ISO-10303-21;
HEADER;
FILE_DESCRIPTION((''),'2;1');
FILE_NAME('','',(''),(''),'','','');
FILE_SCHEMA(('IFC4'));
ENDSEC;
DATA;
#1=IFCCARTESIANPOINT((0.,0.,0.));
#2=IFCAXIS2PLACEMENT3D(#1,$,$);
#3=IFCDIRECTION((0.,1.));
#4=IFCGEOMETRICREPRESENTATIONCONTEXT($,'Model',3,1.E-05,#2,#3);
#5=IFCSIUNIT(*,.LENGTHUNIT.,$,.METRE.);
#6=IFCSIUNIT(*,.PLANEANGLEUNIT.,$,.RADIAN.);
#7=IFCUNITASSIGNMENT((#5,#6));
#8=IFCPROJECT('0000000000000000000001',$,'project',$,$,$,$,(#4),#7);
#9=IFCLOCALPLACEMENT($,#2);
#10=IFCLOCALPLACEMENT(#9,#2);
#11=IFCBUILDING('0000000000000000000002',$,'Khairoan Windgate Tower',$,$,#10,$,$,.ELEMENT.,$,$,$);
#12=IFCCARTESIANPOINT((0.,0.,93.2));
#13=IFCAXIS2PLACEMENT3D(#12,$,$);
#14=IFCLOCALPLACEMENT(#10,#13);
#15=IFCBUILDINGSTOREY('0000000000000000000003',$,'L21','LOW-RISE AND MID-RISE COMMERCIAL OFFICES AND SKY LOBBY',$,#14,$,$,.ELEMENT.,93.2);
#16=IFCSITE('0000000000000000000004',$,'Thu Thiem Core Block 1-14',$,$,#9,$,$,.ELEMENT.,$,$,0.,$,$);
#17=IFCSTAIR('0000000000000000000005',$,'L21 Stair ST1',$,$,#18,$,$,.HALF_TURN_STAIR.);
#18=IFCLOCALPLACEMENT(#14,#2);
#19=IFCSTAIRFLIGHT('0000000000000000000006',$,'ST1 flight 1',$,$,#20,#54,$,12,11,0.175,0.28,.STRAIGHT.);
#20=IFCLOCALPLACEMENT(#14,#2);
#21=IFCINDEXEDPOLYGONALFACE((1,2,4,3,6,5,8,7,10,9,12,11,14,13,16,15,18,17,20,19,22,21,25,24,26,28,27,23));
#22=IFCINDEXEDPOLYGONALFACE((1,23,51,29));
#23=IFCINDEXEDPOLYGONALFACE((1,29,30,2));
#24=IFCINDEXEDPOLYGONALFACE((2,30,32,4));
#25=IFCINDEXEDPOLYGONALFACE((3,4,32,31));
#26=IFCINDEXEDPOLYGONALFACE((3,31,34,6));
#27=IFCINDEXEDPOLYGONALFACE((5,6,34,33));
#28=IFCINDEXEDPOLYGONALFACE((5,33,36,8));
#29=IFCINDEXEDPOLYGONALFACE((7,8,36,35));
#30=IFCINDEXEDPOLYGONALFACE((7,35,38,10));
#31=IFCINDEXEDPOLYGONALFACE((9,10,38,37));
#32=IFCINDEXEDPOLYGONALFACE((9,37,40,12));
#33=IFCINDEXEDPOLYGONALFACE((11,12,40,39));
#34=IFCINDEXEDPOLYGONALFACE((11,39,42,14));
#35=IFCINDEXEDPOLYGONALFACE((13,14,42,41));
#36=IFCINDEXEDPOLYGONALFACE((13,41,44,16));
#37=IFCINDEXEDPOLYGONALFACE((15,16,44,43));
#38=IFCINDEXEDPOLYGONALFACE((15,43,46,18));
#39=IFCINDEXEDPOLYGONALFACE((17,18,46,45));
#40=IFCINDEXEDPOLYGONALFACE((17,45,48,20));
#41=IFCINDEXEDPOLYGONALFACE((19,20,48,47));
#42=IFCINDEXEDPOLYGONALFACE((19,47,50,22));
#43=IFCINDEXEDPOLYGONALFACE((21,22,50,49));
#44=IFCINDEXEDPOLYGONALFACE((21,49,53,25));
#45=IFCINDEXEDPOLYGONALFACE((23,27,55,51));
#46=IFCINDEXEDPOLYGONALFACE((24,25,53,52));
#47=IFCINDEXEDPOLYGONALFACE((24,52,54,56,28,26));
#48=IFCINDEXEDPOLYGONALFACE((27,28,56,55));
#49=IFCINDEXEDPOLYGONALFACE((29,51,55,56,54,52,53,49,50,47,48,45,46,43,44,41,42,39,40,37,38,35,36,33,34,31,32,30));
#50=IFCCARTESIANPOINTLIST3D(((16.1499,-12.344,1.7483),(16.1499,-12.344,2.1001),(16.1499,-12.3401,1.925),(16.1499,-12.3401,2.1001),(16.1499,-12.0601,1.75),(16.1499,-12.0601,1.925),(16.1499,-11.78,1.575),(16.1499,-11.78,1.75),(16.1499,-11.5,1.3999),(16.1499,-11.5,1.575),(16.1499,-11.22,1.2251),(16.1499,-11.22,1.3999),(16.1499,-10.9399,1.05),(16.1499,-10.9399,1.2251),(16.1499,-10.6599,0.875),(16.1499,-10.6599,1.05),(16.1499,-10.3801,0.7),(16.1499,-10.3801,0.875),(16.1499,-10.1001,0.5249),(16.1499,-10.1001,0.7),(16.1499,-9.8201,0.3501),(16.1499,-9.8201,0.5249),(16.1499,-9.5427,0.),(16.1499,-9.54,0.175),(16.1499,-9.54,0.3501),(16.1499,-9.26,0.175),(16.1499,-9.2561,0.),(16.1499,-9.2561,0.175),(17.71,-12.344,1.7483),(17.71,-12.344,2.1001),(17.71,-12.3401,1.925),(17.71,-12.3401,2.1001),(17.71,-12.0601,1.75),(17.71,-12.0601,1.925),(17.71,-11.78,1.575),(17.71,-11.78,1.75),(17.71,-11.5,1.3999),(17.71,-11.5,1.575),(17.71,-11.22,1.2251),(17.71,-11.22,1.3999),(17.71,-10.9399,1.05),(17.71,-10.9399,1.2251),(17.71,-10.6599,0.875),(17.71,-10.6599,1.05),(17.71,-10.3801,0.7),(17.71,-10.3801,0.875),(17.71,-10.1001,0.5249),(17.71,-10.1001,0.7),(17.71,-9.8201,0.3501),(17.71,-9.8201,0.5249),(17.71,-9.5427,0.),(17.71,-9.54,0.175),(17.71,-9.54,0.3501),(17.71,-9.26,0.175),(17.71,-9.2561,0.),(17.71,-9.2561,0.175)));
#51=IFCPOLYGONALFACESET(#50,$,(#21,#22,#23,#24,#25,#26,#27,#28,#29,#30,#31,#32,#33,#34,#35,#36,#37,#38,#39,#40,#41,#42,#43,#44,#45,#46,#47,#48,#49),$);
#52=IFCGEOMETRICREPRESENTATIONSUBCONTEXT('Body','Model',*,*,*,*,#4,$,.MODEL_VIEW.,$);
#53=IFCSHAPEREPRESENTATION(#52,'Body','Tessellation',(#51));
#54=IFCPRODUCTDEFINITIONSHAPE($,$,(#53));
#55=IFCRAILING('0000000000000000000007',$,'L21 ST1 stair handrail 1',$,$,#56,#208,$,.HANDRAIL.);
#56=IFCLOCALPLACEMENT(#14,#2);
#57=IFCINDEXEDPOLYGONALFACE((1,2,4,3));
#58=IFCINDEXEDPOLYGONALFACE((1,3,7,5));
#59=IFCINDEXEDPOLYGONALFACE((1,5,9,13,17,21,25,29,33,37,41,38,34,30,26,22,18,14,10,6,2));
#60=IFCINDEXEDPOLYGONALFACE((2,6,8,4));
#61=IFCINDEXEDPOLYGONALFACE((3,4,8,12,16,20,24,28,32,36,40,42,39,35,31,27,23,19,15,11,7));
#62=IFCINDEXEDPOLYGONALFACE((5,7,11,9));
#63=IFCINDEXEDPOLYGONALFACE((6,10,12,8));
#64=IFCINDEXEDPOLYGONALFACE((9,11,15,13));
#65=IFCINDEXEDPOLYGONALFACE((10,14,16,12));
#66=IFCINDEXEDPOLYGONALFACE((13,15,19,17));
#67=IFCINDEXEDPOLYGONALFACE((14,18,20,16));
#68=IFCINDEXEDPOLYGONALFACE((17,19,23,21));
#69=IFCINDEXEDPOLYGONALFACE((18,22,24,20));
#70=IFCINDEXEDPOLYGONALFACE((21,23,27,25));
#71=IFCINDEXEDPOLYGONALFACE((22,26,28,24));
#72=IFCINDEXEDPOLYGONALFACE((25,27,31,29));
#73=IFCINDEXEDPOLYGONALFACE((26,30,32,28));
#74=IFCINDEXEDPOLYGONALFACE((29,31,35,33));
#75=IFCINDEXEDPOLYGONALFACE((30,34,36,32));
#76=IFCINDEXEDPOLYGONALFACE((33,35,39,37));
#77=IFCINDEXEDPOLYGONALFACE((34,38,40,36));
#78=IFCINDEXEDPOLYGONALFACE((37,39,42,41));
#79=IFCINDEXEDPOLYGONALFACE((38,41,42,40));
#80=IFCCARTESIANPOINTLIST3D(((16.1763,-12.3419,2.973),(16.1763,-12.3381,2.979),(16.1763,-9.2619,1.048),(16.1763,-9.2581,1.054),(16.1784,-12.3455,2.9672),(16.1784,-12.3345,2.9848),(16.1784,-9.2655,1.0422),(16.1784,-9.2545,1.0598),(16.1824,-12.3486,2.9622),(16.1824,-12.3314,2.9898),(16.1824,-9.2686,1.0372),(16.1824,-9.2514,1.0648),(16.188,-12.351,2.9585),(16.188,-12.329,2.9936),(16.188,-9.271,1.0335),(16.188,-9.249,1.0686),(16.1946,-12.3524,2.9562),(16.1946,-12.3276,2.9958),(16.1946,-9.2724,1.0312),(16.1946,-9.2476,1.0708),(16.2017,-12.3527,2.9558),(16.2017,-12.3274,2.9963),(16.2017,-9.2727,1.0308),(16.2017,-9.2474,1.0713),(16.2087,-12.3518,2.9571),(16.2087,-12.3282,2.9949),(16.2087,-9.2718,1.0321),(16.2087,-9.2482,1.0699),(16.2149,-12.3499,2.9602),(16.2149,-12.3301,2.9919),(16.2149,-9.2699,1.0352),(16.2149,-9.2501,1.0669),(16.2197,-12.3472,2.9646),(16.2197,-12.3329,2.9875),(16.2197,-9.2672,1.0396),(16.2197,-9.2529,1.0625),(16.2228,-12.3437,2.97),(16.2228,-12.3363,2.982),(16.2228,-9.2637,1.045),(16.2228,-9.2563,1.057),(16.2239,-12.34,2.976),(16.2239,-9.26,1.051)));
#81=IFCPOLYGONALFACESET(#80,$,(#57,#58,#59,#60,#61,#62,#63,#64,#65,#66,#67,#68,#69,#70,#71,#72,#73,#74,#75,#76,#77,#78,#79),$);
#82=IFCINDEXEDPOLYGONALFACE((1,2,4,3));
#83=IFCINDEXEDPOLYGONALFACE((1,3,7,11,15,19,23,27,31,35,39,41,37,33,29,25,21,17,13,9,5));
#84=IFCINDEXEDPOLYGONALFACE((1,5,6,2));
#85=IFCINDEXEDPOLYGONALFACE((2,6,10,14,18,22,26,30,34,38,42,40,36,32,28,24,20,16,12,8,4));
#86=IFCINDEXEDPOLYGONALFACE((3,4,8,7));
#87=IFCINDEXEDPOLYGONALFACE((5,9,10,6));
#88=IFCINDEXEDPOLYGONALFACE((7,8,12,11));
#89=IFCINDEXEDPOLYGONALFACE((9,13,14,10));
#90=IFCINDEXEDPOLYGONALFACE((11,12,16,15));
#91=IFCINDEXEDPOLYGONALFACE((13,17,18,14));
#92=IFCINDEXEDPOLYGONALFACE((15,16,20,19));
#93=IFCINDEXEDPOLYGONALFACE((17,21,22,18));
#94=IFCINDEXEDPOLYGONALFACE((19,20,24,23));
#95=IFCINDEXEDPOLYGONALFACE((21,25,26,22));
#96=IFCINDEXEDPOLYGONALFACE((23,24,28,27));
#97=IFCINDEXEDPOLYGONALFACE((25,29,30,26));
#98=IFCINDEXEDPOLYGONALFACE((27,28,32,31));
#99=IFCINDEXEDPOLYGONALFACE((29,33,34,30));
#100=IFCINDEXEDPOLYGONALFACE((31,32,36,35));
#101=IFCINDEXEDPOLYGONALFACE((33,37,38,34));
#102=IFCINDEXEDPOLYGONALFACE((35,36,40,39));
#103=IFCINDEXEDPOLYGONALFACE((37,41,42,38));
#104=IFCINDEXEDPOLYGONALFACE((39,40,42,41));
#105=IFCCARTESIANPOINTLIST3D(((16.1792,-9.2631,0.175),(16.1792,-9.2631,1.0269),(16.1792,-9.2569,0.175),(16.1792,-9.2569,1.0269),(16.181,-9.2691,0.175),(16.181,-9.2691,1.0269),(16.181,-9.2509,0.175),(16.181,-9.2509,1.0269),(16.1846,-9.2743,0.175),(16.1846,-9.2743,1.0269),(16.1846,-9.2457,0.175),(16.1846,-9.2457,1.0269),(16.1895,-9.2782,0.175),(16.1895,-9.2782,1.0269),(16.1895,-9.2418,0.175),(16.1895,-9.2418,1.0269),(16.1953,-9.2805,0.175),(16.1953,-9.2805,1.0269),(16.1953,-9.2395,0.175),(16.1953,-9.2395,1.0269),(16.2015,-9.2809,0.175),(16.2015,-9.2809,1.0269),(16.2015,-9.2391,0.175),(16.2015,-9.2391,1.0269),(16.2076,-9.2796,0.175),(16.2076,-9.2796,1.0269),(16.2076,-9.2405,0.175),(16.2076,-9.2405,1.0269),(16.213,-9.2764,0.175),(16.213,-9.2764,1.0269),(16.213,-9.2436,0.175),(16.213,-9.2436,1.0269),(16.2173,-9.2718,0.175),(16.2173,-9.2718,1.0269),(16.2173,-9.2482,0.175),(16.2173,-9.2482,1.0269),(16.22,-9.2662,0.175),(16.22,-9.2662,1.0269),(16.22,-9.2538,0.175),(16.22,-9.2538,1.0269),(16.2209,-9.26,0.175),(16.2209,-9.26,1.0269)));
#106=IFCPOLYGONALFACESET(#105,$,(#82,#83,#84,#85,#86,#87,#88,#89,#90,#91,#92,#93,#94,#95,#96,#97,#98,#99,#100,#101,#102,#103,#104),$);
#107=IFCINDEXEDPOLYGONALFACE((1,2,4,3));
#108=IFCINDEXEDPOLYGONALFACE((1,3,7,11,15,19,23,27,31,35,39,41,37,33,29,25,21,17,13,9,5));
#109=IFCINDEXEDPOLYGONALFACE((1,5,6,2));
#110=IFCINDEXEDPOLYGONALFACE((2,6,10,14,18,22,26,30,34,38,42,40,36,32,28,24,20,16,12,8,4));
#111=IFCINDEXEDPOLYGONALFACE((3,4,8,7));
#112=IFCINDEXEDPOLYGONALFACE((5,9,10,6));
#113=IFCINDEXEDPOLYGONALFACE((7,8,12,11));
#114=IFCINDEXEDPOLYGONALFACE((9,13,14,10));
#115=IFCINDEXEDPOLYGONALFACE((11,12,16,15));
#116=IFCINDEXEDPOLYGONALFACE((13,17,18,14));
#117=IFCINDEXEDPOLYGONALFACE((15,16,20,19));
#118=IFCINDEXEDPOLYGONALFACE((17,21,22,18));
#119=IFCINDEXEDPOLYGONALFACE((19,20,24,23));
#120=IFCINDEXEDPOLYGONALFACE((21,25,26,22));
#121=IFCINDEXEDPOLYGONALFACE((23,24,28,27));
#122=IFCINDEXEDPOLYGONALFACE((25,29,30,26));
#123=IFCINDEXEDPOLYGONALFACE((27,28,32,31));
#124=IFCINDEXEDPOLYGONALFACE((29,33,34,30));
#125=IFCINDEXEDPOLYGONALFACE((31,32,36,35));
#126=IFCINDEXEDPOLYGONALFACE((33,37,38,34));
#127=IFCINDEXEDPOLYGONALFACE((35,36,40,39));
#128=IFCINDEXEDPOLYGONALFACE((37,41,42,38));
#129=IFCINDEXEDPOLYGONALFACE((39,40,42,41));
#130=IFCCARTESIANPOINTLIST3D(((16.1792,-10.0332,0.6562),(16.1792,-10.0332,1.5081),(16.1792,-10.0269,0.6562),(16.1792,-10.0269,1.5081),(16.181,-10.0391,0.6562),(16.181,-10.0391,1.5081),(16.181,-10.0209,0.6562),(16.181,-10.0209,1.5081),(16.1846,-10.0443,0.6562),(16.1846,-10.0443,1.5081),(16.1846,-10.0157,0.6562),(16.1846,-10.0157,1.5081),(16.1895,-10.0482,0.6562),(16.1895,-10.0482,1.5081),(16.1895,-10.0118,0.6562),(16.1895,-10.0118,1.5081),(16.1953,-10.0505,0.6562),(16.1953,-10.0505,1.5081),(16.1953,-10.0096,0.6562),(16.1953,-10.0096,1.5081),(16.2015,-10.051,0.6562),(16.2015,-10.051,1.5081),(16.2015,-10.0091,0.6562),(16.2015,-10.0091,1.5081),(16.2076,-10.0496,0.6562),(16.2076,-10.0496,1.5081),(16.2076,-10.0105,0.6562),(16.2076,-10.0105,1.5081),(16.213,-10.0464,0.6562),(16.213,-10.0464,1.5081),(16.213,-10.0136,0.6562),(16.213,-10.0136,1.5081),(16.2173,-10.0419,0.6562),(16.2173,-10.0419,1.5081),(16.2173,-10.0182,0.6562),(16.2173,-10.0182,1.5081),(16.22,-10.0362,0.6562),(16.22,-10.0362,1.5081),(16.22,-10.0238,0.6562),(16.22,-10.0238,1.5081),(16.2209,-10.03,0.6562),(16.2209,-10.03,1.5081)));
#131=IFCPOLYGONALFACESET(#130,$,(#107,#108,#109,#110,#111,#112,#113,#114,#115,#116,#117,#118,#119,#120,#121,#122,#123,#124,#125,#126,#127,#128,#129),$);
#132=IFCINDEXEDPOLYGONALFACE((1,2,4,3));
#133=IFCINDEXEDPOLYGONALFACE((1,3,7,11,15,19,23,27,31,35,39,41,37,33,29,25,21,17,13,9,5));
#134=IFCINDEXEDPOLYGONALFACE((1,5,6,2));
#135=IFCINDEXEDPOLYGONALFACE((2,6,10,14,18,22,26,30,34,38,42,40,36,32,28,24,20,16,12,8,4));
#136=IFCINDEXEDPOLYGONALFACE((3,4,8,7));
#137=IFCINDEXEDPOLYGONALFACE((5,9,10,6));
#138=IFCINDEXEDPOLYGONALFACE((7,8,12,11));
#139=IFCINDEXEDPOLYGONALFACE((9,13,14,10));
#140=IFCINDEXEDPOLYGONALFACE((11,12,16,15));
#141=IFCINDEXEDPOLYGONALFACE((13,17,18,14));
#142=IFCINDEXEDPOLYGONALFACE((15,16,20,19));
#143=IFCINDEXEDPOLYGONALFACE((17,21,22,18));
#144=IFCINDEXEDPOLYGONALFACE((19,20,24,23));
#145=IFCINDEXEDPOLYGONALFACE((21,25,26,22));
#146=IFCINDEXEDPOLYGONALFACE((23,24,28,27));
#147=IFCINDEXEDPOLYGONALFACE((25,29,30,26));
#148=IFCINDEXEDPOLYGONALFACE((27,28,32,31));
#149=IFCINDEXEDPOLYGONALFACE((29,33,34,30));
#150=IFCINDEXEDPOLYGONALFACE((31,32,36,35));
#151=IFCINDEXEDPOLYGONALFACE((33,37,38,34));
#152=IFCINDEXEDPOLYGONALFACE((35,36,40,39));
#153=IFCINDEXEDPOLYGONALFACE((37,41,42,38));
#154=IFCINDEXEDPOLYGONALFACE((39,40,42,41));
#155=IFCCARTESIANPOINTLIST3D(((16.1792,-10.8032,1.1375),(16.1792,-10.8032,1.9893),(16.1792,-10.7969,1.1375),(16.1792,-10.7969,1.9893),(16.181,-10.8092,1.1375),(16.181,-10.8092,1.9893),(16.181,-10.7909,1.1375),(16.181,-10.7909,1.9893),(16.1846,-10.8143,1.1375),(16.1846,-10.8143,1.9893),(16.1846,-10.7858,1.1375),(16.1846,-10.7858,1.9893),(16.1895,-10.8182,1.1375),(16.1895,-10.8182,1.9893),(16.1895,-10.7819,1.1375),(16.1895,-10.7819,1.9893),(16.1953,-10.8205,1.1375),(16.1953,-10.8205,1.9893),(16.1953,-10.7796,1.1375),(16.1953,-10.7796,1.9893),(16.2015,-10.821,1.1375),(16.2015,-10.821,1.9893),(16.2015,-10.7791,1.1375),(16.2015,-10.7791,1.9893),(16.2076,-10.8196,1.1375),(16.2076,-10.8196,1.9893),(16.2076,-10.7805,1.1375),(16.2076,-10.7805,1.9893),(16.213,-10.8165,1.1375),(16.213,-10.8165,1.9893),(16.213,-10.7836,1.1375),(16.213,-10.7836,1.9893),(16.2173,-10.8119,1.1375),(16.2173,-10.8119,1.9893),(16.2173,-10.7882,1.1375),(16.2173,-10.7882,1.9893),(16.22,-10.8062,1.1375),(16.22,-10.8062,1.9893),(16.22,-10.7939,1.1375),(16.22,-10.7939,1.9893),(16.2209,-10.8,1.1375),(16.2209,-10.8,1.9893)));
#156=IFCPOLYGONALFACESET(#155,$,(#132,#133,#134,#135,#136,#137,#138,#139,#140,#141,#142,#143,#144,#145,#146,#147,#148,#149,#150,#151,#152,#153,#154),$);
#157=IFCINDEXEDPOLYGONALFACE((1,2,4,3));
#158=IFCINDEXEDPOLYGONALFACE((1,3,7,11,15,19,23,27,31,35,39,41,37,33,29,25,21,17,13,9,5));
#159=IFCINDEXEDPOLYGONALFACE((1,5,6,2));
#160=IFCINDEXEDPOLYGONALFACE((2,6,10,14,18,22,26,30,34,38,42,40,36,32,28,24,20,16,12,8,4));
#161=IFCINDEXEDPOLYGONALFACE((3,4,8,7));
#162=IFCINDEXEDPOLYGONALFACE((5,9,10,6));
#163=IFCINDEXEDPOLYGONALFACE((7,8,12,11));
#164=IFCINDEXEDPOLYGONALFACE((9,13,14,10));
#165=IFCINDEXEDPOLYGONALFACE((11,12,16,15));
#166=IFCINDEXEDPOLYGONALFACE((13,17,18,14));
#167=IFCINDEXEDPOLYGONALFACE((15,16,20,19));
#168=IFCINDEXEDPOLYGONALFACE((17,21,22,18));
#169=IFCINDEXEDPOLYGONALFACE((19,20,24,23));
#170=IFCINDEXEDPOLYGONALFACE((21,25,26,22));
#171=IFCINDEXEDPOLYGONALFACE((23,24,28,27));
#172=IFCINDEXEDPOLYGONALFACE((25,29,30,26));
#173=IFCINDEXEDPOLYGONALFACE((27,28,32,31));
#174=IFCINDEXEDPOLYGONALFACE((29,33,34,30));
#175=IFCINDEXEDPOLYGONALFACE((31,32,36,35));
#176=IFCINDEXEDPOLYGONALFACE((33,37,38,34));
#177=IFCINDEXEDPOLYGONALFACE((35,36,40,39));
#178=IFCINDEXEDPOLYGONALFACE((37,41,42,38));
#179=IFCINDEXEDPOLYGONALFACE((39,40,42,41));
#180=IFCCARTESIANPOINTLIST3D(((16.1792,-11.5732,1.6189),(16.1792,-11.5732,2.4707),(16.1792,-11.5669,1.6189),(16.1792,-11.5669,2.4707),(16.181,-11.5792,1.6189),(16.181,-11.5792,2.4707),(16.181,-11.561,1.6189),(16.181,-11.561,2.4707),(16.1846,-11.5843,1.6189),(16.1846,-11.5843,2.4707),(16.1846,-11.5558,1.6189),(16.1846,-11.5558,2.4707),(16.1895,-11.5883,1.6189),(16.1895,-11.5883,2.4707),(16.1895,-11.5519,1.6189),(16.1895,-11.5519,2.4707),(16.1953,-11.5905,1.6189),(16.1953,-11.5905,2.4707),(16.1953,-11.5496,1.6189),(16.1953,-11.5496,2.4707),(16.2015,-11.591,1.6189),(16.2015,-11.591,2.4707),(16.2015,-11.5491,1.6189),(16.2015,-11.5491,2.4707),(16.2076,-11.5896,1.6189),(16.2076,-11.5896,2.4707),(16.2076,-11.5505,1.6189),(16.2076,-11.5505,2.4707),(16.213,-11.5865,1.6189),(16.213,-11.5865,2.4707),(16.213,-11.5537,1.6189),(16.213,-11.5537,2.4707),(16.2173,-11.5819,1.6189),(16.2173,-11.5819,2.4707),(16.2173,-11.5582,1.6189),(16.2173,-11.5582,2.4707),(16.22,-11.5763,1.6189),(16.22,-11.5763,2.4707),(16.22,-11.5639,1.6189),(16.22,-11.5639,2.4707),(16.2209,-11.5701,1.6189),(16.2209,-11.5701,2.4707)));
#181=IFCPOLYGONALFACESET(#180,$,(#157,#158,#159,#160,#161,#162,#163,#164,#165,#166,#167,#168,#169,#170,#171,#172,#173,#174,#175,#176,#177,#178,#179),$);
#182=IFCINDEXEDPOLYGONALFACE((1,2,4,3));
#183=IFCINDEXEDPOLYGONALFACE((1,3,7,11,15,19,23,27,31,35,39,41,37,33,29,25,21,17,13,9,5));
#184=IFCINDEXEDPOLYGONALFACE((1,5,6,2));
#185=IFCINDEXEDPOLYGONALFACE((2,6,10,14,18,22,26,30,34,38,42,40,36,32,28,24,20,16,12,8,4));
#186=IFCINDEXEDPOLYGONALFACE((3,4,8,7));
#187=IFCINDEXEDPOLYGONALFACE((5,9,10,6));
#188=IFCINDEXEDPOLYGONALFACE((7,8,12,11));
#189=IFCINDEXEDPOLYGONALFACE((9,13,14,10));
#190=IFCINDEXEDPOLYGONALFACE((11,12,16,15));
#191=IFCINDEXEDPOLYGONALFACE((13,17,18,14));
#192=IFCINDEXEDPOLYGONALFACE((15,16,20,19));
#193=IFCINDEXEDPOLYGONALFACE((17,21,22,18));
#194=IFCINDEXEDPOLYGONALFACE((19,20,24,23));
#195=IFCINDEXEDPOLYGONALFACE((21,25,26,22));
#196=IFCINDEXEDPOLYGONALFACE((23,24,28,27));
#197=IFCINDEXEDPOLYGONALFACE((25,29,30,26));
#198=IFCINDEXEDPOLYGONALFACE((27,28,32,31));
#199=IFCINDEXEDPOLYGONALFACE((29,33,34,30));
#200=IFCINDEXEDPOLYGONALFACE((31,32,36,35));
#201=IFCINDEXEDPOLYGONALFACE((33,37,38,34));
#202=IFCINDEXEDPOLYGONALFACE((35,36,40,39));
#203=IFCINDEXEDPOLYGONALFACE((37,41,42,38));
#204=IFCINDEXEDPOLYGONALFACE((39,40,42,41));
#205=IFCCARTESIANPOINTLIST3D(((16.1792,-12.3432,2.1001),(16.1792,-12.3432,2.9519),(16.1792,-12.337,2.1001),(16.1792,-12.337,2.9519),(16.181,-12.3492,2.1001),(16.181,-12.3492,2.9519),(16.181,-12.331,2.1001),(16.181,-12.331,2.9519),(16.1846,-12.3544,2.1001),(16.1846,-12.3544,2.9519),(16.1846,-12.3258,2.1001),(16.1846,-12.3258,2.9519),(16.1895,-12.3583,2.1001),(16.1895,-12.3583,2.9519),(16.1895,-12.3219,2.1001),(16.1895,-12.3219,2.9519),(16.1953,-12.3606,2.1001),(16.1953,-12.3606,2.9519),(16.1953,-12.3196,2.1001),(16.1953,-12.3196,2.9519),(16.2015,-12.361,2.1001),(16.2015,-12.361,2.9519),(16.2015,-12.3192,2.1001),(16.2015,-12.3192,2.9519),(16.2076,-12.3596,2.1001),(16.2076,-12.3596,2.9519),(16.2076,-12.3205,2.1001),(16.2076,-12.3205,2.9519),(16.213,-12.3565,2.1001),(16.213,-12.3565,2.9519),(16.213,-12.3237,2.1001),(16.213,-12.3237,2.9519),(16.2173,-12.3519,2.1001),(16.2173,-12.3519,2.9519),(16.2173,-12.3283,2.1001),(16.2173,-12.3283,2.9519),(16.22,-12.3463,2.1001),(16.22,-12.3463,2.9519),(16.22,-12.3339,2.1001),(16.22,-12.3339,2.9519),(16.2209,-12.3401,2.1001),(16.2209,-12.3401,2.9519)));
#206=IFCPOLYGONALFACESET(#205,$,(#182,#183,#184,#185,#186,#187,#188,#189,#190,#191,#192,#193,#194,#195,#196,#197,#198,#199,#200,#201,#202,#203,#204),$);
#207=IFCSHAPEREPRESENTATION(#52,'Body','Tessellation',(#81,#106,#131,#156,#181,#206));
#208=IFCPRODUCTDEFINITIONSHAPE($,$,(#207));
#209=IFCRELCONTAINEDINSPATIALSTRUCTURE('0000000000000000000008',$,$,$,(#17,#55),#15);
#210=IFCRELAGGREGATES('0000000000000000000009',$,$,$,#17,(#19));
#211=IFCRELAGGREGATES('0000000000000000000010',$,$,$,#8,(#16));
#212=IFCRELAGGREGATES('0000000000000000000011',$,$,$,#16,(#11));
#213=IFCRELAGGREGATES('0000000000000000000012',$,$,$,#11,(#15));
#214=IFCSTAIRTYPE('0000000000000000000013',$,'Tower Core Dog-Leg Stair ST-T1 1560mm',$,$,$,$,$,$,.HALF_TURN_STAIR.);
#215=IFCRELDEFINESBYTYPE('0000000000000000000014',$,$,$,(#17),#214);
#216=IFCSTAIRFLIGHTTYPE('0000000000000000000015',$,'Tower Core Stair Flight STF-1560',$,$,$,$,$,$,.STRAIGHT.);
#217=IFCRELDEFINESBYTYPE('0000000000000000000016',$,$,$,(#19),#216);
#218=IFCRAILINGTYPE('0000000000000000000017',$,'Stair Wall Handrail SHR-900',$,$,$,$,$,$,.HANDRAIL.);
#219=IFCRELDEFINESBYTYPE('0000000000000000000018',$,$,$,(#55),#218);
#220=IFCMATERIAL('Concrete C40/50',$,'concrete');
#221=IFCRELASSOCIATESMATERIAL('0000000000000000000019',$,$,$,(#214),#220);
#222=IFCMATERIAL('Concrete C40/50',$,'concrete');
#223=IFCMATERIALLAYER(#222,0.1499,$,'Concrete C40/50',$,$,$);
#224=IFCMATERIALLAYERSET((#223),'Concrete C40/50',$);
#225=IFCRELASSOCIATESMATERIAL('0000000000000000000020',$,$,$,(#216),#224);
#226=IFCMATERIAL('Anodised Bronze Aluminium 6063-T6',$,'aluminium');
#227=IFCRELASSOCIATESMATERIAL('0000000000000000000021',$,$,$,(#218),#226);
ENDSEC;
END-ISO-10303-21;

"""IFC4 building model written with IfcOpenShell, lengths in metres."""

from ifc_helpers import new_model, si_unit, direction, frame, origin, origin_2d, place, context, subcontext, project, spatial, polyline, circle, outline, extrude, material, layer, layer_set, type_object, element, aggregate, save


model = new_model("IFC4")

# Units and contexts
model_context = context("Model", 3, precision=1e-05, world=origin(), true_north=direction((0.0, 1.0)))
body_context = subcontext(model_context, "Body", "Model", "MODEL_VIEW")
ifc_project = project(units=[si_unit("LENGTHUNIT", "METRE"), si_unit("PLANEANGLEUNIT", "RADIAN")], contexts=[model_context])

# Site, building, storey
site_placement = place(None, origin())
site = spatial("IfcSite", under=ifc_project, at=site_placement, Name="Thu Thiem Core Block 1-14", CompositionType="ELEMENT", RefElevation=0.0)
building_placement = place(site_placement, origin())
building = spatial("IfcBuilding", under=site, at=building_placement, Name="Khairoan Windgate Tower", CompositionType="ELEMENT")
storey_placement = place(building_placement, frame((0.0, 0.0, 93.2)))
storey = spatial("IfcBuildingStorey", under=building, at=storey_placement, Name="L21", Description="LOW-RISE AND MID-RISE COMMERCIAL OFFICES AND SKY LOBBY", CompositionType="ELEMENT", Elevation=93.2)

# Stair, stair flight
ifc_material_1 = material(Name="Concrete C40/50", Category="concrete")
stair_type = type_object("IfcStairType", Name="Tower Core Dog-Leg Stair ST-T1 1560mm", PredefinedType="HALF_TURN_STAIR", material=ifc_material_1)
stair_placement = place(storey_placement, origin())
stair = element("IfcStair", 1, at=stair_placement, inside=storey, type_object=stair_type, Name="L21 Stair ST1", PredefinedType="HALF_TURN_STAIR")
ifc_material_2 = material(Name="Concrete C40/50", Category="concrete")
ifc_layer_1 = layer(ifc_material_2, 0.1499, Name="Concrete C40/50")
ifc_layer_set_1 = layer_set([ifc_layer_1], Name="Concrete C40/50")
stair_flight_type = type_object("IfcStairFlightType", Name="Tower Core Stair Flight STF-1560", PredefinedType="STRAIGHT", material=ifc_layer_set_1)
stair_flight_placement = place(storey_placement, frame((16.9299, -9.26, 0.0), z_axis=(0.0, 0.0, 1.0), x_axis=(0.0, -1.0, 0.0)))
stair_flight = element("IfcStairFlight", 2, at=stair_flight_placement, type_object=stair_flight_type, Name="ST1 flight 1", NumberOfRisers=12, NumberOfTreads=11, PredefinedType="STRAIGHT", RiserHeight=0.175, TreadLength=0.28, context=body_context, shape_type="SweptSolid", body=[
    extrude(outline(polyline([(-0.0039, 0.0), (-0.0039, 0.175), (0.0, 0.175), (0.28, 0.175), (0.28, 0.3501), (0.5601, 0.3501), (0.5601, 0.5249), (0.8401, 0.5249), (0.8401, 0.7), (1.1201, 0.7), (1.1201, 0.875), (1.3999, 0.875), (1.3999, 1.05), (1.6799, 1.05), (1.6799, 1.2251), (1.96, 1.2251), (1.96, 1.3999), (2.24, 1.3999), (2.24, 1.575), (2.52, 1.575), (2.52, 1.75), (2.8, 1.75), (2.8, 1.925), (3.0801, 1.925), (3.0801, 2.1001), (3.084, 2.1001), (3.084, 1.7483), (0.2827, 0.0), (-0.0039, 0.0)])), frame((0.0, 0.78, 0.0), z_axis=(0.0, -1.0, 0.0), x_axis=(1.0, 0.0, 0.0)), (0.0, 0.0, 1.0), 1.5601),
])
aggregate(stair, [stair_flight])

# Railing
ifc_material_3 = material(Name="Anodised Bronze Aluminium 6063-T6", Category="aluminium")
railing_type_1 = type_object("IfcRailingType", Name="Stair Wall Handrail SHR-900", PredefinedType="HANDRAIL", material=ifc_material_3)
railing_1_placement = place(storey_placement, frame((16.2, -9.26, 0.175)))
element("IfcRailing", 3, at=railing_1_placement, inside=storey, type_object=railing_type_1, Name="L21 ST1 stair handrail 1", PredefinedType="HANDRAIL", context=body_context, shape_type="SweptSolid", body=[
    extrude(circle(Radius=0.0239, at=origin_2d()), frame((0.0, 0.0, 0.876), z_axis=(0.0, -0.847998, 0.529999), x_axis=(1.0, 0.0, 0.0)), (0.0, 0.0, 1.0), 3.6321),
    extrude(circle(Radius=0.021, at=origin_2d()), origin(), (0.0, 0.0, 1.0), 0.8518),
    extrude(circle(Radius=0.021, at=origin_2d()), frame((0.0, -0.77, 0.4812)), (0.0, 0.0, 1.0), 0.8518),
    extrude(circle(Radius=0.021, at=origin_2d()), frame((0.0, -1.54, 0.9624)), (0.0, 0.0, 1.0), 0.8518),
    extrude(circle(Radius=0.021, at=origin_2d()), frame((0.0, -2.3101, 1.4438)), (0.0, 0.0, 1.0), 0.8518),
    extrude(circle(Radius=0.021, at=origin_2d()), frame((0.0, -3.0801, 1.925)), (0.0, 0.0, 1.0), 0.8518),
])

save(model, "model.ifc")
